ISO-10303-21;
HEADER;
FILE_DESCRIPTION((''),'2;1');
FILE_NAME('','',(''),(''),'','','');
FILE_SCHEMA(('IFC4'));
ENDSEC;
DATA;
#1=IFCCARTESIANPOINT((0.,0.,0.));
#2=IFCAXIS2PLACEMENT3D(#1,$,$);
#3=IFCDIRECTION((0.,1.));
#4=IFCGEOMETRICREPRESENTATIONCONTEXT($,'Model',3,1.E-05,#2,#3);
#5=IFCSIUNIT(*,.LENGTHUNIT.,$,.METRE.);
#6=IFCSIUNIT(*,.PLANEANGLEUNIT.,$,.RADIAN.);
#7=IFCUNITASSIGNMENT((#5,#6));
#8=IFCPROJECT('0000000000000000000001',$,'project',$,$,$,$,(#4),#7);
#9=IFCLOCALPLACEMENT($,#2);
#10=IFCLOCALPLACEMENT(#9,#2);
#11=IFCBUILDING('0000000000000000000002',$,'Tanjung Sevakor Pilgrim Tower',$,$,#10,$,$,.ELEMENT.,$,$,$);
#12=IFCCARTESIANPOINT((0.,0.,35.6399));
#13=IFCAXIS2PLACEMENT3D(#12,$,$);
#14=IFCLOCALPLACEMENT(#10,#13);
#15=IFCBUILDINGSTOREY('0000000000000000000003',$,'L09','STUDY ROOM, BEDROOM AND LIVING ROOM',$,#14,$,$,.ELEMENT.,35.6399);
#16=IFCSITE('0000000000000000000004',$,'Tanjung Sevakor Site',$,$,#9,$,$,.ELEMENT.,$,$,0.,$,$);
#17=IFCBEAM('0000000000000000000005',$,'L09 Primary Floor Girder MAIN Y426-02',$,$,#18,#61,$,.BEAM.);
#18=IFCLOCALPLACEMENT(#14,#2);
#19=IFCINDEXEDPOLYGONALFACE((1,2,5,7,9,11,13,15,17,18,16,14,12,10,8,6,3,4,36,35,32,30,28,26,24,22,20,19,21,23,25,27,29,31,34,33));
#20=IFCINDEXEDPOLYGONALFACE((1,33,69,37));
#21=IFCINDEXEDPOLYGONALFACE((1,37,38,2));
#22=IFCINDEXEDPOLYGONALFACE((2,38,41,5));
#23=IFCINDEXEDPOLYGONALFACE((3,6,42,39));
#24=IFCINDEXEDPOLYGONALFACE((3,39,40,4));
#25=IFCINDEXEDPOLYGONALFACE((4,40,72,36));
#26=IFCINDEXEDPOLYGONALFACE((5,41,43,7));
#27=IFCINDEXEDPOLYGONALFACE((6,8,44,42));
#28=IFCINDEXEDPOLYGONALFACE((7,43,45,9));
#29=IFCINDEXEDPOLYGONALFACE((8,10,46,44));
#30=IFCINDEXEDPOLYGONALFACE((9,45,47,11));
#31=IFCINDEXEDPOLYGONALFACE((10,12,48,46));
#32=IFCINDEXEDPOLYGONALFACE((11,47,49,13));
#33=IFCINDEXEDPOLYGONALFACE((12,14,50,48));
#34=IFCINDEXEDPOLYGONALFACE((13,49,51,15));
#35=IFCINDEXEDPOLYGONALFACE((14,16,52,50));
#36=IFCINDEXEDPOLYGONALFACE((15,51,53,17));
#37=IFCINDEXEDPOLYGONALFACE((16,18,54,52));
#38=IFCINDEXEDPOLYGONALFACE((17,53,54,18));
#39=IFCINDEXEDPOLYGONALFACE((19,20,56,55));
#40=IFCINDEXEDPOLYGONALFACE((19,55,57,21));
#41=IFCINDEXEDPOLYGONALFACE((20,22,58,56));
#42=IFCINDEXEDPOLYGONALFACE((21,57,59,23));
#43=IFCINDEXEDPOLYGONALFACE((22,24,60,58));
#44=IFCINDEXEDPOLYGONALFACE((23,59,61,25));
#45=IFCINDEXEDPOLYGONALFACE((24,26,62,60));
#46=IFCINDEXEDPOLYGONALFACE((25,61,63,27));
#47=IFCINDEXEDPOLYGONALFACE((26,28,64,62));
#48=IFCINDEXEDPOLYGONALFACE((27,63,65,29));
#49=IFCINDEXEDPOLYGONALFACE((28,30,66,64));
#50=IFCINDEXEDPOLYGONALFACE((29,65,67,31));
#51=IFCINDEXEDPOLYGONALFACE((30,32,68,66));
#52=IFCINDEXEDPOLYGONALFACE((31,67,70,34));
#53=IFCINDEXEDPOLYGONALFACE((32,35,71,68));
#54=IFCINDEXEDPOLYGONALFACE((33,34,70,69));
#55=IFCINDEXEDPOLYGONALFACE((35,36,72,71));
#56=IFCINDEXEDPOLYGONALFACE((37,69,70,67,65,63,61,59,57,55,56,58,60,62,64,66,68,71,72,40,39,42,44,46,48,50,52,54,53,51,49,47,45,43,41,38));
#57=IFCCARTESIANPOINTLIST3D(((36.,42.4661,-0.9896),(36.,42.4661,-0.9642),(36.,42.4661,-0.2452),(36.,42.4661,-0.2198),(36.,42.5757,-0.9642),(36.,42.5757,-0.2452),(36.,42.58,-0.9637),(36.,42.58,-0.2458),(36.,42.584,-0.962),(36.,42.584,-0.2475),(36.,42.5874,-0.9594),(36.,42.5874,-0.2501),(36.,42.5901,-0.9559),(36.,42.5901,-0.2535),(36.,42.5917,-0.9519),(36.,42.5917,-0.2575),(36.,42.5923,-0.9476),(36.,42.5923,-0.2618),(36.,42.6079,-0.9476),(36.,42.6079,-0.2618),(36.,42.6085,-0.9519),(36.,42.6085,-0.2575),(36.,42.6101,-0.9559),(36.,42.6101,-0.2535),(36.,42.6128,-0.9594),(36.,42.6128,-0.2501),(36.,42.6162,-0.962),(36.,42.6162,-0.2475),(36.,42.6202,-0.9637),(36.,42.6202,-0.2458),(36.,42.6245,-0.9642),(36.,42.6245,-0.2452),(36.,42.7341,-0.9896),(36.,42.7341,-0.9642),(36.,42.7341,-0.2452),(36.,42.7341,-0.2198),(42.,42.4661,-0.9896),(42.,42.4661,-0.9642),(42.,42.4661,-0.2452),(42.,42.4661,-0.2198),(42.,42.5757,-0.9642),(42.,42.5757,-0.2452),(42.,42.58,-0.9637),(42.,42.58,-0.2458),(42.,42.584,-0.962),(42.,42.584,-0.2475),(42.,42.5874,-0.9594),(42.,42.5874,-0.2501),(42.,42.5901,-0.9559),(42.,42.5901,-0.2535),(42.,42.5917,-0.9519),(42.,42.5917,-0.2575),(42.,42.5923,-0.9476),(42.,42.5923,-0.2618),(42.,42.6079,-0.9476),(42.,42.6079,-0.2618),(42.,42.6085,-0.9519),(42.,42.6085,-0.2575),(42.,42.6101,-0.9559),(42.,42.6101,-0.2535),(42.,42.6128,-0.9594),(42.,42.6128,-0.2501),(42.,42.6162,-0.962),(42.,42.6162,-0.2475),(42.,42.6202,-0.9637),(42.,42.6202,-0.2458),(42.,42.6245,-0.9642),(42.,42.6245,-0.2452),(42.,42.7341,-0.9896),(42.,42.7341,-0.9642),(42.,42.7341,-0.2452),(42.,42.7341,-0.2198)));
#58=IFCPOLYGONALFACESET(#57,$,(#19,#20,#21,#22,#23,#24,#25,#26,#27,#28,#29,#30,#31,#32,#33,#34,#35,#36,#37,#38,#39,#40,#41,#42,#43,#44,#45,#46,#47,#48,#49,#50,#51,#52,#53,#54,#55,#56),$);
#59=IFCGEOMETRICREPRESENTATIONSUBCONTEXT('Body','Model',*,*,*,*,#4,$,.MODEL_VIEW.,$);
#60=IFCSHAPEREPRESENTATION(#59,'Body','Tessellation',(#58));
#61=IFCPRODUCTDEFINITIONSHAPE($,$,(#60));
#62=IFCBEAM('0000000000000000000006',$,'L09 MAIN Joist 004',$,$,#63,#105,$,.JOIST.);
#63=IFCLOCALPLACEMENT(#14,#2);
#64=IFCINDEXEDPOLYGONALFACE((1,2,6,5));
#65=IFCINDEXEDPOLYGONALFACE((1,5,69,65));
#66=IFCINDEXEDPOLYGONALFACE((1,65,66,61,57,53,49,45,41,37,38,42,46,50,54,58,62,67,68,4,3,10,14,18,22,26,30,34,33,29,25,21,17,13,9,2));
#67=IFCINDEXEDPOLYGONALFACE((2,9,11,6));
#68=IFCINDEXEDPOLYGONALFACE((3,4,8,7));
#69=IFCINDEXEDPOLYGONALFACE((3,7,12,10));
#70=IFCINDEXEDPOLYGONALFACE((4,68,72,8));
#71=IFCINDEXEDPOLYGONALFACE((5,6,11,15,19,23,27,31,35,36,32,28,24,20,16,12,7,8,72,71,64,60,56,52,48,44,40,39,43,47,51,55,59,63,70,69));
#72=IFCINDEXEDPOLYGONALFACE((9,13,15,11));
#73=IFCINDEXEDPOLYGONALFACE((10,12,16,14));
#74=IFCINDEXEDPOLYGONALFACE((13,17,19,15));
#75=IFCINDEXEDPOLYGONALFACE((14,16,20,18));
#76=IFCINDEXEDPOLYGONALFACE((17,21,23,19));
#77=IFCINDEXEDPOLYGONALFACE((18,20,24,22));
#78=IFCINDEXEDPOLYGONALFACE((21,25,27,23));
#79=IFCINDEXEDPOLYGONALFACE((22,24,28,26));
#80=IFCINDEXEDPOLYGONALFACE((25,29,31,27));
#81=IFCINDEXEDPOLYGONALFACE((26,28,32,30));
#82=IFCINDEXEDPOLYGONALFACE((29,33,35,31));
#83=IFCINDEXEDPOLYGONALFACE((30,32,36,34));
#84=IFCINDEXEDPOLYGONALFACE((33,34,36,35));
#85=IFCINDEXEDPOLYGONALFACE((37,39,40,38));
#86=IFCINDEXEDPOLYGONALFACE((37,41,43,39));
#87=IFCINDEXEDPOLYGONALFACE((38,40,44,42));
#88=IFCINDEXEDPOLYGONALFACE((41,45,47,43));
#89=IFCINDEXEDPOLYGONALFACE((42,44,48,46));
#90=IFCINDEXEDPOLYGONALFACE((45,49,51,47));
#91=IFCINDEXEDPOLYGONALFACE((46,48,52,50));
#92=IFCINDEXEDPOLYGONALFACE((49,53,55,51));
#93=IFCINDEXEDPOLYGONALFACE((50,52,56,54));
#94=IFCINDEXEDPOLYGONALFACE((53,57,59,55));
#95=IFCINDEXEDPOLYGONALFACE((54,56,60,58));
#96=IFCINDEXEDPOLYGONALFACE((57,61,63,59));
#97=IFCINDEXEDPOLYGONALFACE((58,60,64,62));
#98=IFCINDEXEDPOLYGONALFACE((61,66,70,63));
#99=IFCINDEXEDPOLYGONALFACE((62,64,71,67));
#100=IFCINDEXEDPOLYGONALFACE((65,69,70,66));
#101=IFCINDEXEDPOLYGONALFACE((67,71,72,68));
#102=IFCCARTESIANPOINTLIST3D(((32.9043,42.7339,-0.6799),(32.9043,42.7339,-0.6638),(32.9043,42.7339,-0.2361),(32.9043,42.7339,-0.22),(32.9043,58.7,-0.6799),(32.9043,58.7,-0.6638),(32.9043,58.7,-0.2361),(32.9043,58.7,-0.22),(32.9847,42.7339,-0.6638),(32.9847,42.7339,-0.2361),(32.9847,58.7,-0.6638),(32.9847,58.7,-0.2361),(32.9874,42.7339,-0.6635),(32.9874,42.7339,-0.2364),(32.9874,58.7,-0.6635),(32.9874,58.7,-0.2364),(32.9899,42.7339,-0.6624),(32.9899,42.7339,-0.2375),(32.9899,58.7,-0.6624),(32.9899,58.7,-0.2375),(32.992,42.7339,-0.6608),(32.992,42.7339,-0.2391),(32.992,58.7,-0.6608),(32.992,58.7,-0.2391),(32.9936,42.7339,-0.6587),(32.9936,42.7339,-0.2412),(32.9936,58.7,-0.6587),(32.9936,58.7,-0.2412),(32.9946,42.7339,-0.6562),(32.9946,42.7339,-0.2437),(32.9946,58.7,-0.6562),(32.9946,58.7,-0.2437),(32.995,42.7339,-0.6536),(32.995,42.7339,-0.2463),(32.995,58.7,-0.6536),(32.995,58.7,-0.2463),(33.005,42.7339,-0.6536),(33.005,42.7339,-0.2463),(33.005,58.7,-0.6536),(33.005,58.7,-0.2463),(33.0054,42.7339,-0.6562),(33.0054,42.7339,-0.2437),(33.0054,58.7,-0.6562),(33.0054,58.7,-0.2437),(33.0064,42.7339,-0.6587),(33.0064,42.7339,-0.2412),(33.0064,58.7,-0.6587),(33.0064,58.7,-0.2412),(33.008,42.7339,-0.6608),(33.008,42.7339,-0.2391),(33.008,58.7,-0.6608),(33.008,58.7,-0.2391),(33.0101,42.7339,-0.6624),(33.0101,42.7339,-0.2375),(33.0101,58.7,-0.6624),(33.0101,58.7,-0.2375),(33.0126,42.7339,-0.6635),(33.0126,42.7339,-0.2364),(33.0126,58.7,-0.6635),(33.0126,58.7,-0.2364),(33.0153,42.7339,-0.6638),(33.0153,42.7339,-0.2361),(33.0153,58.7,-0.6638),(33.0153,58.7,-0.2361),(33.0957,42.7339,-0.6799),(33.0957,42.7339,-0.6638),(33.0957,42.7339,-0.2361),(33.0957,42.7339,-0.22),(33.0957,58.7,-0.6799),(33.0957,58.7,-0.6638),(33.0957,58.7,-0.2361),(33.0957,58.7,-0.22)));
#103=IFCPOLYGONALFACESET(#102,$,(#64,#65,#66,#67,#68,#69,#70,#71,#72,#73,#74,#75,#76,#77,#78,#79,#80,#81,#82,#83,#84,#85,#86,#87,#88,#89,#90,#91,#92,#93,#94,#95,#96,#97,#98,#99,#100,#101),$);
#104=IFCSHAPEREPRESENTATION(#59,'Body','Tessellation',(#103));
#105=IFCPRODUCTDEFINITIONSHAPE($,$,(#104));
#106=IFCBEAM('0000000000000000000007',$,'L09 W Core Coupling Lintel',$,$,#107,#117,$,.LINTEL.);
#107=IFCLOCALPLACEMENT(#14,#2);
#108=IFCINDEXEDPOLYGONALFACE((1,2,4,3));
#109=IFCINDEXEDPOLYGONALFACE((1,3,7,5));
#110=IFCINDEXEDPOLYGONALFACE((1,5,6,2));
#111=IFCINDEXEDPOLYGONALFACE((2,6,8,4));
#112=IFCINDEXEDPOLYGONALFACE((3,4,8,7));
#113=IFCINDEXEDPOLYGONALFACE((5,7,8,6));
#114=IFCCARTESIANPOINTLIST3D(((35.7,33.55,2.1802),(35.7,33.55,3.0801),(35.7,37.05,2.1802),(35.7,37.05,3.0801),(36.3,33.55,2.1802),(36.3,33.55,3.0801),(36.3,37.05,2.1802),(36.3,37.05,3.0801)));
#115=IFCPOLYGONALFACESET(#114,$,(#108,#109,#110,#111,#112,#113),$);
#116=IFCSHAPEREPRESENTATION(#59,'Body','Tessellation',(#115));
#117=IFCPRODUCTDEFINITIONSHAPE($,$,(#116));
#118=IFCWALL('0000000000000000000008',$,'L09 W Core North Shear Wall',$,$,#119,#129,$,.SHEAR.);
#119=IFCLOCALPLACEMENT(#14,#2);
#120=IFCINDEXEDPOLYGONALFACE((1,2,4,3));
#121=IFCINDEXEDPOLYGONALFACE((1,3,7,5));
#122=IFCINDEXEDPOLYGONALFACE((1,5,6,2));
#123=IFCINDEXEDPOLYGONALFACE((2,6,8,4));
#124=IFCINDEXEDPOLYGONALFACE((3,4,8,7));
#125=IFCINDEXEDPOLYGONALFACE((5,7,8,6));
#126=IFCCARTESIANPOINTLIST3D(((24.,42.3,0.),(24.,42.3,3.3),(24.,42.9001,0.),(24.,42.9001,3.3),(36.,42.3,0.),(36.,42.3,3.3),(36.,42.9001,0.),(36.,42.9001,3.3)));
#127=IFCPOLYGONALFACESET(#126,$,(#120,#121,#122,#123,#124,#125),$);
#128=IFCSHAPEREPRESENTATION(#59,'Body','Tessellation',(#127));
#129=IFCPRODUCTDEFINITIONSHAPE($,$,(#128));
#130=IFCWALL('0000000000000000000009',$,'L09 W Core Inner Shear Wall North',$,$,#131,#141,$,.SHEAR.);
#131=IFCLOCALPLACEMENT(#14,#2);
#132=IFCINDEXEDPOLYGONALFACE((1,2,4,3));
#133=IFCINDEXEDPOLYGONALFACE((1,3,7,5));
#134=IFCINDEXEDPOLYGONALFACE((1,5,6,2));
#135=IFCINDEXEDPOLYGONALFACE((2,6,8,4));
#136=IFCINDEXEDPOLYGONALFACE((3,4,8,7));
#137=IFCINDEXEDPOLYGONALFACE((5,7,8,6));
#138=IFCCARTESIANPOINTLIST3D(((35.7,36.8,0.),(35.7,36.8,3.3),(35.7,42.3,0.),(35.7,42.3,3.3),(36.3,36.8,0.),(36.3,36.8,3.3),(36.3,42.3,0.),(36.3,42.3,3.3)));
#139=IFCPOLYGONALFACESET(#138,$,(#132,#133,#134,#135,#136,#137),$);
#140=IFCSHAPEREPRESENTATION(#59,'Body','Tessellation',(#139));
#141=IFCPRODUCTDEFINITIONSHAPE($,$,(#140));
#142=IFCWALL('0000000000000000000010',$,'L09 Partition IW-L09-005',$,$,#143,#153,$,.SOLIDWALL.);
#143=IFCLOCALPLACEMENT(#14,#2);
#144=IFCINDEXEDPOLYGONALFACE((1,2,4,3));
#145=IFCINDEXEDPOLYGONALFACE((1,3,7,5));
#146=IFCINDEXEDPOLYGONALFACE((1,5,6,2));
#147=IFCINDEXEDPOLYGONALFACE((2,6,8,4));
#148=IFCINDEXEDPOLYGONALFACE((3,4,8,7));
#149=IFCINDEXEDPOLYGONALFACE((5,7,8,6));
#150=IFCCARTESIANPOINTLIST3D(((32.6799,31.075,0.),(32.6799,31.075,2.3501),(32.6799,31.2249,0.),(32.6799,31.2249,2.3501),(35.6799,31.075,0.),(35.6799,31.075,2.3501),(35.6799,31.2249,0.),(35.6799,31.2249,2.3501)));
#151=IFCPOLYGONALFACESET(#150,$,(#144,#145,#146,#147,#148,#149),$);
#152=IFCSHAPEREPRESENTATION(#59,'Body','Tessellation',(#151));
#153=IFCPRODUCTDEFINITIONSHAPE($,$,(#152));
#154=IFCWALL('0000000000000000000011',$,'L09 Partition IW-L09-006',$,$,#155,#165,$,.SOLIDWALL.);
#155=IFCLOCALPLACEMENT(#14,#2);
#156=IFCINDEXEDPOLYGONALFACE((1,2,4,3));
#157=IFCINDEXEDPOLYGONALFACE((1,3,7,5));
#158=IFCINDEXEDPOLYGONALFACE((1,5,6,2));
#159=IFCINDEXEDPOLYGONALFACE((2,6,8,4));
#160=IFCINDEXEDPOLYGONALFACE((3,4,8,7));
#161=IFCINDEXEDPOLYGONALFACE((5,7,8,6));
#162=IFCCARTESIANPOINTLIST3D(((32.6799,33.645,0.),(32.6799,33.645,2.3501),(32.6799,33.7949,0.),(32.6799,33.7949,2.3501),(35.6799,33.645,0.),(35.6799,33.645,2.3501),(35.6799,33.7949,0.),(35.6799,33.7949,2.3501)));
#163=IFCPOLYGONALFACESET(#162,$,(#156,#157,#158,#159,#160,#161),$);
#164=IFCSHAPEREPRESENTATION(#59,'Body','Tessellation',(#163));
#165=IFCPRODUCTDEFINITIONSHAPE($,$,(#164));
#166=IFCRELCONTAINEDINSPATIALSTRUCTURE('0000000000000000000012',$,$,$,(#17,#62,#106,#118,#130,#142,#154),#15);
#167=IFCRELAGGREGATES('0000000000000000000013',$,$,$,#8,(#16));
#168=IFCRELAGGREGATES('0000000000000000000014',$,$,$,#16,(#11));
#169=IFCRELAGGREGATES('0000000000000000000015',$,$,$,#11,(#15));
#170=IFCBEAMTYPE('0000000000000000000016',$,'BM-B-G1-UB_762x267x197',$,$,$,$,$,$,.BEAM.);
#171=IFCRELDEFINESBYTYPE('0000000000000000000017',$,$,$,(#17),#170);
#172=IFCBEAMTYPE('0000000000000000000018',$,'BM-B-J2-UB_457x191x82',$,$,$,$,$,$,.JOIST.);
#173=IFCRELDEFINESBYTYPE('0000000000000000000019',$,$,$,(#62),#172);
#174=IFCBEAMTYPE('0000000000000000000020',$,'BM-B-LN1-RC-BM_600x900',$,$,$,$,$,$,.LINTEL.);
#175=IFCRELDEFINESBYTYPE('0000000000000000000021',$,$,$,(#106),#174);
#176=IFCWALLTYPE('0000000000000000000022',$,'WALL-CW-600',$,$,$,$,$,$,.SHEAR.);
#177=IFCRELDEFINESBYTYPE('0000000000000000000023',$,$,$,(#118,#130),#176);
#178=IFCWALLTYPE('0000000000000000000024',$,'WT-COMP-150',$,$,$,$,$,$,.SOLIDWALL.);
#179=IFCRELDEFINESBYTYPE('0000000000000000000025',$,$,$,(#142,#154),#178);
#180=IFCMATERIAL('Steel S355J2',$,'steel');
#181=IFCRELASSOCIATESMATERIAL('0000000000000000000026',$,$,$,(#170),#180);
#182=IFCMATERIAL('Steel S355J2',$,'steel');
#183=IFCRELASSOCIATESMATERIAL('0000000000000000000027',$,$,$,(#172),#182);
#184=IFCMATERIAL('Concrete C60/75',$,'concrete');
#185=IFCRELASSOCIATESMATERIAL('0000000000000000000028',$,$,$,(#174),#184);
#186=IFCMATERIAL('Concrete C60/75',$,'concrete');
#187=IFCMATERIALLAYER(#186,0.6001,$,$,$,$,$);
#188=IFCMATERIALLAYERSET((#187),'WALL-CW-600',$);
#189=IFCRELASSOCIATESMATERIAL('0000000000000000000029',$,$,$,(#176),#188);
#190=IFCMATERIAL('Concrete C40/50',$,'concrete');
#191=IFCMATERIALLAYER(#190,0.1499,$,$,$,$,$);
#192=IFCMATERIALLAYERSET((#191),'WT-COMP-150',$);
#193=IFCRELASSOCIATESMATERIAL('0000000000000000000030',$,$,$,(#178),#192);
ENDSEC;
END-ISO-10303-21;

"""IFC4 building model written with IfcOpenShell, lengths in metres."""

from ifc_helpers import new_model, si_unit, direction, frame, frame_2d, origin, origin_2d, place, context, subcontext, project, spatial, rectangle, i_section, extrude, material, layer, layer_set, material_profile, profile_set, type_object, element, save


model = new_model("IFC4")

# Units and contexts
model_context = context("Model", 3, precision=1e-05, world=origin(), true_north=direction((0.0, 1.0)))
body_context = subcontext(model_context, "Body", "Model", "MODEL_VIEW")
ifc_project = project(units=[si_unit("LENGTHUNIT", "METRE"), si_unit("PLANEANGLEUNIT", "RADIAN")], contexts=[model_context])

# Site, building, storey
site_placement = place(None, origin())
site = spatial("IfcSite", under=ifc_project, at=site_placement, Name="Tanjung Sevakor Site", CompositionType="ELEMENT", RefElevation=0.0)
building_placement = place(site_placement, origin())
building = spatial("IfcBuilding", under=site, at=building_placement, Name="Tanjung Sevakor Pilgrim Tower", CompositionType="ELEMENT")
storey_placement = place(building_placement, frame((0.0, 0.0, 35.6399)))
storey = spatial("IfcBuildingStorey", under=building, at=storey_placement, Name="L09", Description="STUDY ROOM, BEDROOM AND LIVING ROOM", CompositionType="ELEMENT", Elevation=35.6399)

# Beams
ifc_material_1 = material(Name="Steel S355J2", Category="steel")
ifc_material_profile_1 = material_profile(ifc_material_1, i_section(OverallWidth=0.2681, OverallDepth=0.7698, WebThickness=0.0156, FlangeThickness=0.0254, FilletRadius=0.0166, at=origin_2d()))
ifc_profile_set_1 = profile_set([ifc_material_profile_1], Name="Steel S355J2")
beam_type_1 = type_object("IfcBeamType", Name="BM-B-G1-UB_762x267x197", PredefinedType="BEAM", material=ifc_profile_set_1)
beam_1_placement = place(storey_placement, frame((36.0, 42.6001, -0.6047), z_axis=(1.0, 0.0, 0.0), x_axis=(0.0, 1.0, 0.0)))
element("IfcBeam", 1, at=beam_1_placement, inside=storey, type_object=beam_type_1, Name="L09 Primary Floor Girder MAIN Y426-02", PredefinedType="BEAM", context=body_context, shape_type="SweptSolid", body=[
    extrude(i_section(OverallWidth=0.2681, OverallDepth=0.7698, WebThickness=0.0156, FlangeThickness=0.0254, FilletRadius=0.0166, at=origin_2d()), origin(), (0.0, 0.0, 1.0), 6.0),
])
ifc_material_2 = material(Name="Steel S355J2", Category="steel")
ifc_material_profile_2 = material_profile(ifc_material_2, i_section(OverallWidth=0.1914, OverallDepth=0.46, WebThickness=0.01, FlangeThickness=0.0161, FilletRadius=0.0103, at=origin_2d()))
ifc_profile_set_2 = profile_set([ifc_material_profile_2], Name="Steel S355J2")
beam_type_2 = type_object("IfcBeamType", Name="BM-B-J2-UB_457x191x82", PredefinedType="JOIST", material=ifc_profile_set_2)
beam_2_placement = place(storey_placement, frame((33.0, 42.7339, -0.45), z_axis=(0.0, 1.0, 0.0), x_axis=(-1.0, 0.0, 0.0)))
element("IfcBeam", 2, at=beam_2_placement, inside=storey, type_object=beam_type_2, Name="L09 MAIN Joist 004", PredefinedType="JOIST", context=body_context, shape_type="SweptSolid", body=[
    extrude(i_section(OverallWidth=0.1914, OverallDepth=0.46, WebThickness=0.01, FlangeThickness=0.0161, FilletRadius=0.0103, at=origin_2d()), origin(), (0.0, 0.0, 1.0), 15.9661),
])
ifc_material_3 = material(Name="Concrete C60/75", Category="concrete")
ifc_material_profile_3 = material_profile(ifc_material_3, rectangle(XDim=0.6001, YDim=0.8999, at=origin_2d()))
ifc_profile_set_3 = profile_set([ifc_material_profile_3], Name="Concrete C60/75")
beam_type_3 = type_object("IfcBeamType", Name="BM-B-LN1-RC-BM_600x900", PredefinedType="LINTEL", material=ifc_profile_set_3)
beam_3_placement = place(storey_placement, frame((36.0, 33.55, 2.6301), z_axis=(0.0, 1.0, 0.0), x_axis=(-1.0, 0.0, 0.0)))
element("IfcBeam", 3, at=beam_3_placement, inside=storey, type_object=beam_type_3, Name="L09 W Core Coupling Lintel", PredefinedType="LINTEL", context=body_context, shape_type="SweptSolid", body=[
    extrude(rectangle(XDim=0.6001, YDim=0.8999, at=origin_2d()), origin(), (0.0, 0.0, 1.0), 3.5),
])

# Walls
ifc_material_4 = material(Name="Concrete C60/75", Category="concrete")
ifc_layer_1 = layer(ifc_material_4, 0.6001)
ifc_layer_set_1 = layer_set([ifc_layer_1], Name="WALL-CW-600")
wall_type_1 = type_object("IfcWallType", Name="WALL-CW-600", PredefinedType="SHEAR", material=ifc_layer_set_1)
wall_1_placement = place(storey_placement, frame((36.0, 42.6001, 0.0), z_axis=(0.0, 0.0, 1.0), x_axis=(-1.0, 0.0, 0.0)))
element("IfcWall", 4, at=wall_1_placement, inside=storey, type_object=wall_type_1, Name="L09 W Core North Shear Wall", PredefinedType="SHEAR", context=body_context, shape_type="SweptSolid", body=[
    extrude(rectangle(XDim=12.0, YDim=0.6001, at=frame_2d((6.0, 0.0))), origin(), (0.0, 0.0, 1.0), 3.3),
])
wall_2_placement = place(storey_placement, frame((36.0, 36.8, 0.0), z_axis=(0.0, 0.0, 1.0), x_axis=(0.0, 1.0, 0.0)))
element("IfcWall", 5, at=wall_2_placement, inside=storey, type_object=wall_type_1, Name="L09 W Core Inner Shear Wall North", PredefinedType="SHEAR", context=body_context, shape_type="SweptSolid", body=[
    extrude(rectangle(XDim=5.5, YDim=0.6001, at=frame_2d((2.75, 0.0))), origin(), (0.0, 0.0, 1.0), 3.3),
])
ifc_material_5 = material(Name="Concrete C40/50", Category="concrete")
ifc_layer_2 = layer(ifc_material_5, 0.1499)
ifc_layer_set_2 = layer_set([ifc_layer_2], Name="WT-COMP-150")
wall_type_2 = type_object("IfcWallType", Name="WT-COMP-150", PredefinedType="SOLIDWALL", material=ifc_layer_set_2)
for number, where, z_axis, x_axis, name in (
    (6, (32.6799, 31.1499, 0.0), (0.0, 0.0, 1.0), (1.0, 0.0, 0.0), "L09 Partition IW-L09-005"),
    (7, (32.6799, 33.72, 0.0), (0.0, 0.0, 1.0), (1.0, 0.0, 0.0), "L09 Partition IW-L09-006"),
):
    element("IfcWall", number, at=place(storey_placement, frame(where, z_axis=z_axis, x_axis=x_axis)), inside=storey, type_object=wall_type_2, Name=name, PredefinedType="SOLIDWALL", context=body_context, shape_type="SweptSolid", body=[
        extrude(rectangle(XDim=3.0, YDim=0.1499, at=frame_2d((1.5, 0.0))), origin(), (0.0, 0.0, 1.0), 2.3501),
    ])

save(model, "model.ifc")
